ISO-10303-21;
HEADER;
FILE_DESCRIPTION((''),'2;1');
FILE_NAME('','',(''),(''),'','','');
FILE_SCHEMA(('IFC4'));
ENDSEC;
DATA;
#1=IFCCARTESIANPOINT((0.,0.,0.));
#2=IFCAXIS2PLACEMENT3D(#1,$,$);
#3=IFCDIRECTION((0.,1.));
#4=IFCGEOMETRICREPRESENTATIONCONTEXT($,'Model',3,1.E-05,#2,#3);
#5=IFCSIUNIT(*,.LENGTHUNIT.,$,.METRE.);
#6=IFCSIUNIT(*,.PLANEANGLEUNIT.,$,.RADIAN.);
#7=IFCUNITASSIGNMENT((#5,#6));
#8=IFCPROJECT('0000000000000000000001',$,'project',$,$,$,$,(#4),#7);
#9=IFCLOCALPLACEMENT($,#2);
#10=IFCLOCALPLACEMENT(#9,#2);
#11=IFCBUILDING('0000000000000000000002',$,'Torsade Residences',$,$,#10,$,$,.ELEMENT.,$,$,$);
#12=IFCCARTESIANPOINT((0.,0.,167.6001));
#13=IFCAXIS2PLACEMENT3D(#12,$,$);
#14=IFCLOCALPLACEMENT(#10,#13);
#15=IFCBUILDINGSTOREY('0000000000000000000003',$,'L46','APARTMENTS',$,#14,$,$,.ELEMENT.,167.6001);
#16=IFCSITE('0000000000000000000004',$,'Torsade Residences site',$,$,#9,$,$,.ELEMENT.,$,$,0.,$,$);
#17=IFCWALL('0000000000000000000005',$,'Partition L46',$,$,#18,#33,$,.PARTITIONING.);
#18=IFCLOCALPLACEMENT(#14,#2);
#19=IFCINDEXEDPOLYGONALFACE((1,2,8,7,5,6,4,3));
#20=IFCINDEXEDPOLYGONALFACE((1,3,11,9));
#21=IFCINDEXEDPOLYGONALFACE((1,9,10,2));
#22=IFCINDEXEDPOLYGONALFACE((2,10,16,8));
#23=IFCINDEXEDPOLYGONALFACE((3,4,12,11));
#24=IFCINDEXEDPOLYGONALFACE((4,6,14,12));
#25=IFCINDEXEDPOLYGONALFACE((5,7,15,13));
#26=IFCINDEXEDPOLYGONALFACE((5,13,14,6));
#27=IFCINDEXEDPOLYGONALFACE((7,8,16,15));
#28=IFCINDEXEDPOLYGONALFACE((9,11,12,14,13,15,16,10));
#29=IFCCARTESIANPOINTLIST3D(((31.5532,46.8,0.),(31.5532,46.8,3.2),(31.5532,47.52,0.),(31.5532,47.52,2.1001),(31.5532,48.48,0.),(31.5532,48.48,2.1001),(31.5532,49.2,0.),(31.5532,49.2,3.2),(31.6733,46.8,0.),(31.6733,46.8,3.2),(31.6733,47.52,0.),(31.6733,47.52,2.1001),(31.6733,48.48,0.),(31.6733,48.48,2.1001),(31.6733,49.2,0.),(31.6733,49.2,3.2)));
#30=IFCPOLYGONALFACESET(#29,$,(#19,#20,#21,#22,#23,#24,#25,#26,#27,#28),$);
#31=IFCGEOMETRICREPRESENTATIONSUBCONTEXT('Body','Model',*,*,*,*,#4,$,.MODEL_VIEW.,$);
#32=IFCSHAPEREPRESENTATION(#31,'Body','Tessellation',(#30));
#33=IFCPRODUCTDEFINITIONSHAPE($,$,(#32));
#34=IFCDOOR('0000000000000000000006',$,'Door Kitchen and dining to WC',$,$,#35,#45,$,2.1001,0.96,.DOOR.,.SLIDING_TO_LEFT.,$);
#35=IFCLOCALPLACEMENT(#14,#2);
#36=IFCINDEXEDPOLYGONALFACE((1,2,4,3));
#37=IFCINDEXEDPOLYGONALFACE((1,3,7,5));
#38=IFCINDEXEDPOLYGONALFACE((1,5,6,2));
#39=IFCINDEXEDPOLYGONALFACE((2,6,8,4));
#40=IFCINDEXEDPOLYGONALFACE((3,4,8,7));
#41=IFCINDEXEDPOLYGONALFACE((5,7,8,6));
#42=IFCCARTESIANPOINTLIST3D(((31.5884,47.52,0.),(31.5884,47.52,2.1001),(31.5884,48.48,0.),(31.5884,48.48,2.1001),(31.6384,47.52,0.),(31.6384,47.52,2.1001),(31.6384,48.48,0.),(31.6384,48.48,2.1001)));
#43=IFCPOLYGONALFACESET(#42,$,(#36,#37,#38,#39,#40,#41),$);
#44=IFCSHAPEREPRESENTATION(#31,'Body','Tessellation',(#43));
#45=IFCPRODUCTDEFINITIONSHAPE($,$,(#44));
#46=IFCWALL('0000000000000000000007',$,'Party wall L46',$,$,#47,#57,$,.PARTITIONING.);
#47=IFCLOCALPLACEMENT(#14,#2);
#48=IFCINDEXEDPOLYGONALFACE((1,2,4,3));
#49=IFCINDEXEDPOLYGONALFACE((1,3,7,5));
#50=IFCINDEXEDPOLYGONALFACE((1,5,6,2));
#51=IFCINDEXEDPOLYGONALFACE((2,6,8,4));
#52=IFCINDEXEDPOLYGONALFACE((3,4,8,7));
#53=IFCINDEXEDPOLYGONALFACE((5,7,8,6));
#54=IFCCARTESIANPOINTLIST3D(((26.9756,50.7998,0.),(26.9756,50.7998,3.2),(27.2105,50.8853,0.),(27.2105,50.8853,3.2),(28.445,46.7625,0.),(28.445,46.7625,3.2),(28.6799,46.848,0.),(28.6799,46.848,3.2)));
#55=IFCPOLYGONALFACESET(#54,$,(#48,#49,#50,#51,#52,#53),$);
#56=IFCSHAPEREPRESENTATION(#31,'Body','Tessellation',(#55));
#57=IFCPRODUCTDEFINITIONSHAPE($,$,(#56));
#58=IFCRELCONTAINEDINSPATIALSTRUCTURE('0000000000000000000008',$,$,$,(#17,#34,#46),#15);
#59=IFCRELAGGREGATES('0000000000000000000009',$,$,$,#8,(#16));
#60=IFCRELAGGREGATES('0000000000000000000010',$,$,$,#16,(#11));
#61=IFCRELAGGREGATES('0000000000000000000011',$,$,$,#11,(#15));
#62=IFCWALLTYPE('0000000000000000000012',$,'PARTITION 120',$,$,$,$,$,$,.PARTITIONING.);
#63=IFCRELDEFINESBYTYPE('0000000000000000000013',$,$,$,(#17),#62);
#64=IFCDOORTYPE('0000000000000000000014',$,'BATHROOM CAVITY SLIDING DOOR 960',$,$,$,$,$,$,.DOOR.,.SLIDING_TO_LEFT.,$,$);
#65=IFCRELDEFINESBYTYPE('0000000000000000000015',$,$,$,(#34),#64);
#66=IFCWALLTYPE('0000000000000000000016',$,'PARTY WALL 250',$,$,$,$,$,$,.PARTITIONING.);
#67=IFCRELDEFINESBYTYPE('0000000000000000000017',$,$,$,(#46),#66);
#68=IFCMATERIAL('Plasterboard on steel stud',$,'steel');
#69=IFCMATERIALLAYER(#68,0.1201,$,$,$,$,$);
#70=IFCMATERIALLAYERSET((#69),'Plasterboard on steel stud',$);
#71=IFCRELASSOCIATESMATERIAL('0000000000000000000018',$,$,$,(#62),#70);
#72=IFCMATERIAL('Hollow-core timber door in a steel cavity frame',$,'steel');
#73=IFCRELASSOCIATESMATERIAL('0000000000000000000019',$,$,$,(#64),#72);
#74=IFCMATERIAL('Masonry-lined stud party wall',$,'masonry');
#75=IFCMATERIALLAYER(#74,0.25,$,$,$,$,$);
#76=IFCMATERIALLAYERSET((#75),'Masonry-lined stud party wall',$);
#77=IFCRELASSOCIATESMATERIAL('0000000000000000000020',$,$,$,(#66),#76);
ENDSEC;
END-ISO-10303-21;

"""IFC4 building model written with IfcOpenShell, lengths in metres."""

from ifc_helpers import new_model, si_unit, direction, frame, frame_2d, origin, place, context, subcontext, project, spatial, rectangle, extrude, material, layer, layer_set, type_object, element, fill, save


model = new_model("IFC4")

# Units and contexts
model_context = context("Model", 3, precision=1e-05, world=origin(), true_north=direction((0.0, 1.0)))
body_context = subcontext(model_context, "Body", "Model", "MODEL_VIEW")
ifc_project = project(units=[si_unit("LENGTHUNIT", "METRE"), si_unit("PLANEANGLEUNIT", "RADIAN")], contexts=[model_context])

# Site, building, storey
site_placement = place(None, origin())
site = spatial("IfcSite", under=ifc_project, at=site_placement, Name="Torsade Residences site", CompositionType="ELEMENT", RefElevation=0.0)
building_placement = place(site_placement, origin())
building = spatial("IfcBuilding", under=site, at=building_placement, Name="Torsade Residences", CompositionType="ELEMENT")
storey_placement = place(building_placement, frame((0.0, 0.0, 167.6001)))
storey = spatial("IfcBuildingStorey", under=building, at=storey_placement, Name="L46", Description="APARTMENTS", CompositionType="ELEMENT", Elevation=167.6001)

# Shared definitions
ifc_material_1 = material(Name="Plasterboard on steel stud", Category="steel")
ifc_layer_1 = layer(ifc_material_1, 0.1201)
ifc_layer_set_1 = layer_set([ifc_layer_1], Name="Plasterboard on steel stud")
wall_type_1 = type_object("IfcWallType", Name="PARTITION 120", PredefinedType="PARTITIONING", material=ifc_layer_set_1)
ifc_material_2 = material(Name="Hollow-core timber door in a steel cavity frame", Category="steel")
door_type_1 = type_object("IfcDoorType", Name="BATHROOM CAVITY SLIDING DOOR 960", OperationType="SLIDING_TO_LEFT", PredefinedType="DOOR", material=ifc_material_2)

# Wall, opening, door
wall_1_placement = place(storey_placement, frame((31.6133, 46.8, 0.0), z_axis=(0.0, 0.0, 1.0), x_axis=(0.0, 1.0, 0.0)))
wall_1 = element("IfcWall", 1, at=wall_1_placement, inside=storey, type_object=wall_type_1, Name="Partition L46", PredefinedType="PARTITIONING", context=body_context, shape_type="SweptSolid", body=[
    extrude(rectangle(XDim=2.3999, YDim=0.1201, at=frame_2d((1.2, 0.0))), origin(), (0.0, 0.0, 1.0), 3.2),
])
opening_1_placement = place(wall_1_placement, frame((0.72, 0.0, 0.0)))
opening_1 = element("IfcOpeningElement", 2, at=opening_1_placement, cuts=wall_1, PredefinedType="OPENING", context=body_context, shape_type="SweptSolid", body=[
    extrude(rectangle(XDim=0.96, YDim=2.1001, at=frame_2d((0.48, 1.05))), frame((0.0, 0.0701, 0.0), z_axis=(0.0, -1.0, 0.0), x_axis=(1.0, 0.0, 0.0)), (0.0, 0.0, 1.0), 0.1401),
])
door_1_placement = place(opening_1_placement, origin())
door_1 = element("IfcDoor", 3, at=door_1_placement, inside=storey, type_object=door_type_1, Name="Door Kitchen and dining to WC", OperationType="SLIDING_TO_LEFT", OverallHeight=2.1001, OverallWidth=0.96, PredefinedType="DOOR", context=body_context, shape_type="SweptSolid", body=[
    extrude(rectangle(XDim=0.96, YDim=2.1001, at=frame_2d((0.48, 1.05))), frame((0.0, 0.0249, 0.0), z_axis=(0.0, -1.0, 0.0), x_axis=(1.0, 0.0, 0.0)), (0.0, 0.0, 1.0), 0.05),
])
fill(opening_1, door_1)

# Wall
ifc_material_3 = material(Name="Masonry-lined stud party wall", Category="masonry")
ifc_layer_2 = layer(ifc_material_3, 0.25)
ifc_layer_set_2 = layer_set([ifc_layer_2], Name="Masonry-lined stud party wall")
wall_type_2 = type_object("IfcWallType", Name="PARTY WALL 250", PredefinedType="PARTITIONING", material=ifc_layer_set_2)
wall_2_placement = place(storey_placement, frame((27.093, 50.8425, 0.0), z_axis=(0.0, 0.0, 1.0), x_axis=(0.342021, -0.939692, 0.0)))
element("IfcWall", 4, at=wall_2_placement, inside=storey, type_object=wall_type_2, Name="Party wall L46", PredefinedType="PARTITIONING", context=body_context, shape_type="SweptSolid", body=[
    extrude(rectangle(XDim=4.2964, YDim=0.25, at=frame_2d((2.1482, 0.0))), origin(), (0.0, 0.0, 1.0), 3.2),
])

save(model, "model.ifc")
